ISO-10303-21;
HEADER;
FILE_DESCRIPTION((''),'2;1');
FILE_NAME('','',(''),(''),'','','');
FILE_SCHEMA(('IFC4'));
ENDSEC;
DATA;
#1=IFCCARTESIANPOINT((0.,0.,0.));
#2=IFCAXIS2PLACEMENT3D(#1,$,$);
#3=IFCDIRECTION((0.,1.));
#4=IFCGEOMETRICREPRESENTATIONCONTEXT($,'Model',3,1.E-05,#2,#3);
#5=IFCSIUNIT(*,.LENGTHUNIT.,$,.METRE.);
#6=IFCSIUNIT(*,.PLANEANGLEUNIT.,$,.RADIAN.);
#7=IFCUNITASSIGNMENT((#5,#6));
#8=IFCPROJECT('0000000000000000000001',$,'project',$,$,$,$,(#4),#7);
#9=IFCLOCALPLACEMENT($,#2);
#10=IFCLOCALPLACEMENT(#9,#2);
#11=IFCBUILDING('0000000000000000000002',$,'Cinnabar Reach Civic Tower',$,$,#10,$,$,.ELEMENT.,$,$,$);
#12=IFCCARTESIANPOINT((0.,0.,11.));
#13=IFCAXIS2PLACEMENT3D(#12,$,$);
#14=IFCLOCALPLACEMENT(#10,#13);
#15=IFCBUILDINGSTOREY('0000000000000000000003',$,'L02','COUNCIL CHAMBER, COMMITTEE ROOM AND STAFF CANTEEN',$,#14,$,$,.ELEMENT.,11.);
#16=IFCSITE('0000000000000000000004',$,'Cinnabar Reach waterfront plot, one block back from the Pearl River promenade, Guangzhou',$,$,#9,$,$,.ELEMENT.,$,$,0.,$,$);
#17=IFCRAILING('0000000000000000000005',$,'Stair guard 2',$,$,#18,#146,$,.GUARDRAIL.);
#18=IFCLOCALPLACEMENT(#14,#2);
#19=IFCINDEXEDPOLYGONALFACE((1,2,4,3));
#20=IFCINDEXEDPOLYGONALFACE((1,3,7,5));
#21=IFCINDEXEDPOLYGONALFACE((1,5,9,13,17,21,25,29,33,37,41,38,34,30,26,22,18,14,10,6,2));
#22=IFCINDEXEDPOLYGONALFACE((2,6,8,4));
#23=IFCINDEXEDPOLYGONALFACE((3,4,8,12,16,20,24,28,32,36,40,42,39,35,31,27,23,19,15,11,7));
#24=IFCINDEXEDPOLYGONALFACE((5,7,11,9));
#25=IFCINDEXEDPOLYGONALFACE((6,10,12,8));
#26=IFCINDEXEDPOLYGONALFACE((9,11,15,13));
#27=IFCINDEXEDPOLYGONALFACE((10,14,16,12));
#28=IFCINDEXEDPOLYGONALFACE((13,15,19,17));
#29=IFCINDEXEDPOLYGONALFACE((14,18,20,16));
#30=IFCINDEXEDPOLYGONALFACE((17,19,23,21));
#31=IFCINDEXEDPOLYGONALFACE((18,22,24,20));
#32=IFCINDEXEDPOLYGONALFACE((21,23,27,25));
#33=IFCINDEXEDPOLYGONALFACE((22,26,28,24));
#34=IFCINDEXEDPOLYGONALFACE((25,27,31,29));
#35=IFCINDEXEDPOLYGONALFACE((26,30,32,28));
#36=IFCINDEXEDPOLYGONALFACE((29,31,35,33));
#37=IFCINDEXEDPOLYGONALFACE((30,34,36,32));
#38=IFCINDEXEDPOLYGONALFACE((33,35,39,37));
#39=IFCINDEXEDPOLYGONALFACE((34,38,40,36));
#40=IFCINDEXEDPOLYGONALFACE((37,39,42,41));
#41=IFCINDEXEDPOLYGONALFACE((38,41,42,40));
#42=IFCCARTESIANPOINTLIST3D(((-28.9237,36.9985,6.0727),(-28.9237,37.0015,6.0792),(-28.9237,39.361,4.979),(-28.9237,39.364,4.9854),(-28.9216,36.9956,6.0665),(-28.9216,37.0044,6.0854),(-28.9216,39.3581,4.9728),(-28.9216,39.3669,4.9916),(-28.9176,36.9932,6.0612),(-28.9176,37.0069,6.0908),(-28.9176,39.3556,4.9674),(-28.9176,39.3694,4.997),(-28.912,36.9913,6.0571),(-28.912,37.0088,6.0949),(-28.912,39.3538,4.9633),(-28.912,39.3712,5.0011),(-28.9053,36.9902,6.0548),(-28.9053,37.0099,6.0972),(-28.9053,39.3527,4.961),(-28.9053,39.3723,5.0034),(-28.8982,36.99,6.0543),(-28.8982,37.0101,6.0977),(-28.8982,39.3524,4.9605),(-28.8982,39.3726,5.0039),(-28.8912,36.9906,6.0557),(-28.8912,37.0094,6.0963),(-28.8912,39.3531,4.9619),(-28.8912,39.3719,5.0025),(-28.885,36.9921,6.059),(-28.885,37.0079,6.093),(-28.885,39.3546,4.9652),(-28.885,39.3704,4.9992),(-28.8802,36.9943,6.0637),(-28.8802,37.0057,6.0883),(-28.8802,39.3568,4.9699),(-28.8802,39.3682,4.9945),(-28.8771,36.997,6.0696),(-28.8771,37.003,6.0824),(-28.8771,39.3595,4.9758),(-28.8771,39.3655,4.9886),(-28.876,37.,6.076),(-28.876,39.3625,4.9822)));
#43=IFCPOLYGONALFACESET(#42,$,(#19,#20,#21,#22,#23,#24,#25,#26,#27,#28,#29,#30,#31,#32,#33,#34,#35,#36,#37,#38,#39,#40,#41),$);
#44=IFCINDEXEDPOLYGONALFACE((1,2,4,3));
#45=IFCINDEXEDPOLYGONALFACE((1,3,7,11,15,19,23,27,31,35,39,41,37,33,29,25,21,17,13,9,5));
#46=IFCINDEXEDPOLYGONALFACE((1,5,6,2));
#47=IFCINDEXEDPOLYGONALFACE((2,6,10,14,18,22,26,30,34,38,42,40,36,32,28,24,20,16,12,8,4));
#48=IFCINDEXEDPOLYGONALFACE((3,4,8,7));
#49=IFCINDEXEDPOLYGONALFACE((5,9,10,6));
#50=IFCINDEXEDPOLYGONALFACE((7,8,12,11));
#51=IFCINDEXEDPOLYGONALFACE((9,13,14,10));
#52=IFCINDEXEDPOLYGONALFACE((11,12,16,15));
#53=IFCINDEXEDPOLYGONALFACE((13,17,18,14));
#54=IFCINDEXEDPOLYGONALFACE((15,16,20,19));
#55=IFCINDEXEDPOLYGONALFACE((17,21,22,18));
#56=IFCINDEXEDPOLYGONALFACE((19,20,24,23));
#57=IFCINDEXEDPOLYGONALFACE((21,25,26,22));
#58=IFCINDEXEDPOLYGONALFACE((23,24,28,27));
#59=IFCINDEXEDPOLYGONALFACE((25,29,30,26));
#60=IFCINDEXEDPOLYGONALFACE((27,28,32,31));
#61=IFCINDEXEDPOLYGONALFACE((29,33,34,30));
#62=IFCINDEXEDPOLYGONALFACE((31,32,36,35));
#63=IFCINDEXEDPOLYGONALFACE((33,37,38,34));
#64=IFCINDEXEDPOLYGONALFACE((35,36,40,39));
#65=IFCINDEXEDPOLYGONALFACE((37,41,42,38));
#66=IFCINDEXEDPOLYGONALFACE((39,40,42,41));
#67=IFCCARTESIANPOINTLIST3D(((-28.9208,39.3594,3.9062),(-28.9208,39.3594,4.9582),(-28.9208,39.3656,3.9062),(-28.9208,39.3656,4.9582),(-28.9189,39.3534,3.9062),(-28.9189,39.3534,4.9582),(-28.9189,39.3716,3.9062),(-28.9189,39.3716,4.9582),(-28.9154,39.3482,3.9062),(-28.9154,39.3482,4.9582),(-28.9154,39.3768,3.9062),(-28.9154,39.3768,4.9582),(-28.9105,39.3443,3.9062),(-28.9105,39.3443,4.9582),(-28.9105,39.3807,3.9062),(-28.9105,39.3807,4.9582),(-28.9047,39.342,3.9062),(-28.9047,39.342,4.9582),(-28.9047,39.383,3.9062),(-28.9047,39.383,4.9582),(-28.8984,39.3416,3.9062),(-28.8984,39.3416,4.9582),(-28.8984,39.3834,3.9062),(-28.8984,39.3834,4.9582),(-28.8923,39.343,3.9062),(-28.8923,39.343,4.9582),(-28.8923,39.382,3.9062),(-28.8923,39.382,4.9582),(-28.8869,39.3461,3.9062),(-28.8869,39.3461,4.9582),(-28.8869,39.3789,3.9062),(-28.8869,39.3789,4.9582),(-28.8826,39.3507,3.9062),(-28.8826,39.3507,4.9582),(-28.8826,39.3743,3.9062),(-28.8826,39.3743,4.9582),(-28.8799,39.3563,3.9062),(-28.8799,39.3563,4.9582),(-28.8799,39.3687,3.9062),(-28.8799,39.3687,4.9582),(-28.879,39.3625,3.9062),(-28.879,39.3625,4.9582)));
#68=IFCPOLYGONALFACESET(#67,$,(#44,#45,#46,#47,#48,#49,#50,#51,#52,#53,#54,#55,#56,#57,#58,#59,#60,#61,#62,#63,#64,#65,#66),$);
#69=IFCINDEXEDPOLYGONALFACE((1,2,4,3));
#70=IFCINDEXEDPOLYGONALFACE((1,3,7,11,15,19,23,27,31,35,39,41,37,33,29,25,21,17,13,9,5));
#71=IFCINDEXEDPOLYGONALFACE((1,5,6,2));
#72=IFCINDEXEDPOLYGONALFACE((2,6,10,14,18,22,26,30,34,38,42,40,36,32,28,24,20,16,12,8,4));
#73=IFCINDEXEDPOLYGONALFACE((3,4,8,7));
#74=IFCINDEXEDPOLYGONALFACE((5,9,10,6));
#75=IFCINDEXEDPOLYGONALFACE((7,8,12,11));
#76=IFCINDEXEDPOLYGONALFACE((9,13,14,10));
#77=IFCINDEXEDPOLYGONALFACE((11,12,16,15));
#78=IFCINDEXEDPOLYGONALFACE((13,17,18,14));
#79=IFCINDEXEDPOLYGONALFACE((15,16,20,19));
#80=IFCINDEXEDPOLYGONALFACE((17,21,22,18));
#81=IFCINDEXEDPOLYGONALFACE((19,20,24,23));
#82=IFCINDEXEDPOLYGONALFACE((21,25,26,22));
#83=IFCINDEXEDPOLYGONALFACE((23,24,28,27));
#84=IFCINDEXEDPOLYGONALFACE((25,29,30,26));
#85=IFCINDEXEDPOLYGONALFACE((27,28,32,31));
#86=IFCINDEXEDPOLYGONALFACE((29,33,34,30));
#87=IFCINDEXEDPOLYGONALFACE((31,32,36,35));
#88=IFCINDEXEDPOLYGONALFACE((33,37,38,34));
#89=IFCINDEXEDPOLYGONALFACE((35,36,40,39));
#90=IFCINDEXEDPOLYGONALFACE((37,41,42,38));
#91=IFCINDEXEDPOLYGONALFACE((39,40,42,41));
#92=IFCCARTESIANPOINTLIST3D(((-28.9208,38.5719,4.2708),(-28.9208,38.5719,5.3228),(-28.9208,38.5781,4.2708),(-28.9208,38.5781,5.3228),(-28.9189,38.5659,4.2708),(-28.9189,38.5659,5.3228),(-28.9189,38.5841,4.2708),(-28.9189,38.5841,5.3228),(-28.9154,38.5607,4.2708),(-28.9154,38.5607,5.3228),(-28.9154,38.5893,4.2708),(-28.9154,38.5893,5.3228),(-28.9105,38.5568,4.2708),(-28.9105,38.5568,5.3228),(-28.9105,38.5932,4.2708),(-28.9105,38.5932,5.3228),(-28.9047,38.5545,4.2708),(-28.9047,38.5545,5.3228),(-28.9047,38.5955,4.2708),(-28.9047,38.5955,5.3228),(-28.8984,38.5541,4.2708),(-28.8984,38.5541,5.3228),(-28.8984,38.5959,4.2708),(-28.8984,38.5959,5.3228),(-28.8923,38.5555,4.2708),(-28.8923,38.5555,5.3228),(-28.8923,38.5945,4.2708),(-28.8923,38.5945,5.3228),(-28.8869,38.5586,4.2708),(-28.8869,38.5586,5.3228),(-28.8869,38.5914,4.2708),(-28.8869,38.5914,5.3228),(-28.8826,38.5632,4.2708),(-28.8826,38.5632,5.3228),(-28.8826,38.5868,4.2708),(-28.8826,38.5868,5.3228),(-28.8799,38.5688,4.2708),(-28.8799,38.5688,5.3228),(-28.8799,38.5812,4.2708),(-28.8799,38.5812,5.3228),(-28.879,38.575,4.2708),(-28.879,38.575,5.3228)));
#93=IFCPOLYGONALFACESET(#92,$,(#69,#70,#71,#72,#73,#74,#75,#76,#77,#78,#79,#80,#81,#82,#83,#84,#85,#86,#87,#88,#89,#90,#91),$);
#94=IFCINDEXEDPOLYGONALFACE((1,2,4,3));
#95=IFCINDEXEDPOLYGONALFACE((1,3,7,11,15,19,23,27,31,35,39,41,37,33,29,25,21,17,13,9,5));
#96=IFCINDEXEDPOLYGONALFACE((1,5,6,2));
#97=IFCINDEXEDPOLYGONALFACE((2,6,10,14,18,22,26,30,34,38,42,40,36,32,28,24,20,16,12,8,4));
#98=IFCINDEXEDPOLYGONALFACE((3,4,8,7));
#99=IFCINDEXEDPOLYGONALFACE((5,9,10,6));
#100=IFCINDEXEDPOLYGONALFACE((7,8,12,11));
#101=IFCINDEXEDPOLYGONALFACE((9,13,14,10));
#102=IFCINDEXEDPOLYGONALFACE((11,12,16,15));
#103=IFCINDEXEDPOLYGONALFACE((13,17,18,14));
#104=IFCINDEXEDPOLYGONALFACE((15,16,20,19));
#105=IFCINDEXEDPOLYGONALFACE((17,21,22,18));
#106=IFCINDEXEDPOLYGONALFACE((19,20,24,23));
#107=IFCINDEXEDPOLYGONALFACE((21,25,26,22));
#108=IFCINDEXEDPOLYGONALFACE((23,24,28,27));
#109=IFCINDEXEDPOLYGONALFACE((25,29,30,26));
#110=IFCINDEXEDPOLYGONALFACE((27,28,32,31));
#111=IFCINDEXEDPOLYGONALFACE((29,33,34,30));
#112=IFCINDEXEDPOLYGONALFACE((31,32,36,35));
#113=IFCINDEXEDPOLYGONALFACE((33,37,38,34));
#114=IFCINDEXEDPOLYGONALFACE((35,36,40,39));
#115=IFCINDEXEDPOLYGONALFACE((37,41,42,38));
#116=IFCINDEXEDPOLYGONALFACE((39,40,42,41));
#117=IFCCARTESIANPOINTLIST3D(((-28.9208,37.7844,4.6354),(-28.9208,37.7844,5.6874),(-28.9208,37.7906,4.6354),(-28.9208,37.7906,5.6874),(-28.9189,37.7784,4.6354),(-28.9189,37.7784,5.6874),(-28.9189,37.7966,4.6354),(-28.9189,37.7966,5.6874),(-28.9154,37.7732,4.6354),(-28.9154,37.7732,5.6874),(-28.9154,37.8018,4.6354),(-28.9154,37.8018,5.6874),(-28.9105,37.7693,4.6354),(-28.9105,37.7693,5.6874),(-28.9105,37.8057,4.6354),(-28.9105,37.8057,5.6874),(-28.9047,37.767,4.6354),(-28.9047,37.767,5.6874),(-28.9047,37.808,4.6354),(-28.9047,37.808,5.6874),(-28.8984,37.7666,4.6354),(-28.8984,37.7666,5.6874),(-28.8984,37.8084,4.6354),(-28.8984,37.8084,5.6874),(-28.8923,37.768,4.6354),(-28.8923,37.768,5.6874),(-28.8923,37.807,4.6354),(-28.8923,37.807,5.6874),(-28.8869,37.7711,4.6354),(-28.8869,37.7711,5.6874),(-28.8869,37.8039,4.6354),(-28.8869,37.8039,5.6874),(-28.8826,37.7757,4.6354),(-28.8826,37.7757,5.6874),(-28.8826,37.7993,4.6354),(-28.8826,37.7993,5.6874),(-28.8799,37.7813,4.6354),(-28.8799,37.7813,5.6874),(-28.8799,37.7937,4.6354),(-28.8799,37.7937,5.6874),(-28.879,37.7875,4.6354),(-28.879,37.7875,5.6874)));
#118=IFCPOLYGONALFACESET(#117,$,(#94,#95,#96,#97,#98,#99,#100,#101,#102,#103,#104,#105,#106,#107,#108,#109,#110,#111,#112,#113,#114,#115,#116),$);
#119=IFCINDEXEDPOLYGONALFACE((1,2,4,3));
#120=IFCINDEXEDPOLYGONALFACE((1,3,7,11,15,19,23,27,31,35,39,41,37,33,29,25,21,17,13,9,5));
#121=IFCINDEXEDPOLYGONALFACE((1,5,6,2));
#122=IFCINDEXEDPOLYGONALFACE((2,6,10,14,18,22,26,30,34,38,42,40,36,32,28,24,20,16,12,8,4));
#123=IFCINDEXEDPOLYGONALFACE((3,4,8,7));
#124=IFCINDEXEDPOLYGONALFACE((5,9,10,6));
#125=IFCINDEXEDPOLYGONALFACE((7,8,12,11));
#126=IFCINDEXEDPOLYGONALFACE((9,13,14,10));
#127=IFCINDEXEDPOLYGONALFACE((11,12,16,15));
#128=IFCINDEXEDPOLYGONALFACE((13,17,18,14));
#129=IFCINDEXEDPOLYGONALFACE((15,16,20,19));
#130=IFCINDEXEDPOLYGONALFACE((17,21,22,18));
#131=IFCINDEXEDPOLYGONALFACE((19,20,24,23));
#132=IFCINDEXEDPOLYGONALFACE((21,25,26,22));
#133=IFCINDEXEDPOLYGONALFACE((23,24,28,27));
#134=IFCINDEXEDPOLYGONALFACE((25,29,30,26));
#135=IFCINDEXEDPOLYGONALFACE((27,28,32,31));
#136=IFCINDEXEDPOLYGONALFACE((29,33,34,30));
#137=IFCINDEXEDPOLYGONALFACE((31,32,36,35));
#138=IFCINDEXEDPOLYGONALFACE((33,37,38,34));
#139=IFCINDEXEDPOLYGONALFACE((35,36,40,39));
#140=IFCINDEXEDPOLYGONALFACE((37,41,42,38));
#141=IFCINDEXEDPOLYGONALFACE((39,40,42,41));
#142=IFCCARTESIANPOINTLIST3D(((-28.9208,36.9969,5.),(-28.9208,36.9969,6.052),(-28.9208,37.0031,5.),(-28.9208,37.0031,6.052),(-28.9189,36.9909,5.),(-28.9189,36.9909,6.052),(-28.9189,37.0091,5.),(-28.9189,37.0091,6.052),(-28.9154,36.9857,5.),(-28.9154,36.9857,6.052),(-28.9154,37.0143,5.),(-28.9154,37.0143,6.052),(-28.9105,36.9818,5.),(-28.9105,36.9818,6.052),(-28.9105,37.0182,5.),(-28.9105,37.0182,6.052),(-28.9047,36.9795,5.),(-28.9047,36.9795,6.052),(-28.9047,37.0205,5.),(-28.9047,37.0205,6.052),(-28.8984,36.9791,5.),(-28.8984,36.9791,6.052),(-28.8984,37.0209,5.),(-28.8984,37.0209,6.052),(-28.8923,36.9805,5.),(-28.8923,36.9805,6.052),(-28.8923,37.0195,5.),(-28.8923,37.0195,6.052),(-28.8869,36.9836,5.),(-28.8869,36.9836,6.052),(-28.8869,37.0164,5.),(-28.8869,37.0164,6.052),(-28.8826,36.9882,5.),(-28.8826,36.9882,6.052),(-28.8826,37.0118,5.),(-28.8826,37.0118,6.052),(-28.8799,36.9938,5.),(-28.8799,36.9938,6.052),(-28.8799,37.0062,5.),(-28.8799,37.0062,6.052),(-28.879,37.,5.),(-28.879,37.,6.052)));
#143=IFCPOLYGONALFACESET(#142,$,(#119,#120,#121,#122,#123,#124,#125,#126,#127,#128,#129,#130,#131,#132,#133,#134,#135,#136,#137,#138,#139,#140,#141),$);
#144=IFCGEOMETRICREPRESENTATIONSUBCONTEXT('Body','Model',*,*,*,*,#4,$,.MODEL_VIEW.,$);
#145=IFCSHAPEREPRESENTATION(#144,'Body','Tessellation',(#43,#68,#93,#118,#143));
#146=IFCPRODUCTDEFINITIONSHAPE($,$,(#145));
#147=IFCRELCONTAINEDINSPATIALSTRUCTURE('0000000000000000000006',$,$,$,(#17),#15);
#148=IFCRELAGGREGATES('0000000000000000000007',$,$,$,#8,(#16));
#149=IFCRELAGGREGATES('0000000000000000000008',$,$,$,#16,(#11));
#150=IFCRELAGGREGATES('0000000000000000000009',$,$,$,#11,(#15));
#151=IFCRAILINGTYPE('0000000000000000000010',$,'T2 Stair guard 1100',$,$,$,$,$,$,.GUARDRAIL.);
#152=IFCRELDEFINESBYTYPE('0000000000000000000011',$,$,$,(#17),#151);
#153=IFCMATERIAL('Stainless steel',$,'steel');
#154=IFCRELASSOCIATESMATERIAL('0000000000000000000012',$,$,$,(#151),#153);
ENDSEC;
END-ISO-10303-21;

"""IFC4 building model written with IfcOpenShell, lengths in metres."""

from ifc_helpers import new_model, si_unit, direction, frame, origin, origin_2d, place, context, subcontext, project, spatial, circle, extrude, material, type_object, element, save


model = new_model("IFC4")

# Units and contexts
model_context = context("Model", 3, precision=1e-05, world=origin(), true_north=direction((0.0, 1.0)))
body_context = subcontext(model_context, "Body", "Model", "MODEL_VIEW")
ifc_project = project(units=[si_unit("LENGTHUNIT", "METRE"), si_unit("PLANEANGLEUNIT", "RADIAN")], contexts=[model_context])

# Site, building, storey
site_placement = place(None, origin())
site = spatial("IfcSite", under=ifc_project, at=site_placement, Name="Cinnabar Reach waterfront plot, one block back from the Pearl River promenade, Guangzhou", CompositionType="ELEMENT", RefElevation=0.0)
building_placement = place(site_placement, origin())
building = spatial("IfcBuilding", under=site, at=building_placement, Name="Cinnabar Reach Civic Tower", CompositionType="ELEMENT")
storey_placement = place(building_placement, frame((0.0, 0.0, 11.0)))
storey = spatial("IfcBuildingStorey", under=building, at=storey_placement, Name="L02", Description="COUNCIL CHAMBER, COMMITTEE ROOM AND STAFF CANTEEN", CompositionType="ELEMENT", Elevation=11.0)

# Railing
ifc_material_1 = material(Name="Stainless steel", Category="steel")
railing_type = type_object("IfcRailingType", Name="T2 Stair guard 1100", PredefinedType="GUARDRAIL", material=ifc_material_1)
railing_1_placement = place(storey_placement, frame((-28.9, 39.3625, 3.9062)))
element("IfcRailing", 1, at=railing_1_placement, inside=storey, type_object=railing_type, Name="Stair guard 2", PredefinedType="GUARDRAIL", context=body_context, shape_type="SweptSolid", body=[
    extrude(circle(Radius=0.024, at=origin_2d()), frame((0.0, 0.0, 1.076), z_axis=(0.0, -0.90746, 0.420139), x_axis=(1.0, 0.0, 0.0)), (0.0, 0.0, 1.0), 2.6034),
    extrude(circle(Radius=0.021, at=origin_2d()), origin(), (0.0, 0.0, 1.0), 1.052),
    extrude(circle(Radius=0.021, at=origin_2d()), frame((0.0, -0.7875, 0.3646)), (0.0, 0.0, 1.0), 1.052),
    extrude(circle(Radius=0.021, at=origin_2d()), frame((0.0, -1.575, 0.7292)), (0.0, 0.0, 1.0), 1.052),
    extrude(circle(Radius=0.021, at=origin_2d()), frame((0.0, -2.3625, 1.0938)), (0.0, 0.0, 1.0), 1.052),
])

save(model, "model.ifc")
